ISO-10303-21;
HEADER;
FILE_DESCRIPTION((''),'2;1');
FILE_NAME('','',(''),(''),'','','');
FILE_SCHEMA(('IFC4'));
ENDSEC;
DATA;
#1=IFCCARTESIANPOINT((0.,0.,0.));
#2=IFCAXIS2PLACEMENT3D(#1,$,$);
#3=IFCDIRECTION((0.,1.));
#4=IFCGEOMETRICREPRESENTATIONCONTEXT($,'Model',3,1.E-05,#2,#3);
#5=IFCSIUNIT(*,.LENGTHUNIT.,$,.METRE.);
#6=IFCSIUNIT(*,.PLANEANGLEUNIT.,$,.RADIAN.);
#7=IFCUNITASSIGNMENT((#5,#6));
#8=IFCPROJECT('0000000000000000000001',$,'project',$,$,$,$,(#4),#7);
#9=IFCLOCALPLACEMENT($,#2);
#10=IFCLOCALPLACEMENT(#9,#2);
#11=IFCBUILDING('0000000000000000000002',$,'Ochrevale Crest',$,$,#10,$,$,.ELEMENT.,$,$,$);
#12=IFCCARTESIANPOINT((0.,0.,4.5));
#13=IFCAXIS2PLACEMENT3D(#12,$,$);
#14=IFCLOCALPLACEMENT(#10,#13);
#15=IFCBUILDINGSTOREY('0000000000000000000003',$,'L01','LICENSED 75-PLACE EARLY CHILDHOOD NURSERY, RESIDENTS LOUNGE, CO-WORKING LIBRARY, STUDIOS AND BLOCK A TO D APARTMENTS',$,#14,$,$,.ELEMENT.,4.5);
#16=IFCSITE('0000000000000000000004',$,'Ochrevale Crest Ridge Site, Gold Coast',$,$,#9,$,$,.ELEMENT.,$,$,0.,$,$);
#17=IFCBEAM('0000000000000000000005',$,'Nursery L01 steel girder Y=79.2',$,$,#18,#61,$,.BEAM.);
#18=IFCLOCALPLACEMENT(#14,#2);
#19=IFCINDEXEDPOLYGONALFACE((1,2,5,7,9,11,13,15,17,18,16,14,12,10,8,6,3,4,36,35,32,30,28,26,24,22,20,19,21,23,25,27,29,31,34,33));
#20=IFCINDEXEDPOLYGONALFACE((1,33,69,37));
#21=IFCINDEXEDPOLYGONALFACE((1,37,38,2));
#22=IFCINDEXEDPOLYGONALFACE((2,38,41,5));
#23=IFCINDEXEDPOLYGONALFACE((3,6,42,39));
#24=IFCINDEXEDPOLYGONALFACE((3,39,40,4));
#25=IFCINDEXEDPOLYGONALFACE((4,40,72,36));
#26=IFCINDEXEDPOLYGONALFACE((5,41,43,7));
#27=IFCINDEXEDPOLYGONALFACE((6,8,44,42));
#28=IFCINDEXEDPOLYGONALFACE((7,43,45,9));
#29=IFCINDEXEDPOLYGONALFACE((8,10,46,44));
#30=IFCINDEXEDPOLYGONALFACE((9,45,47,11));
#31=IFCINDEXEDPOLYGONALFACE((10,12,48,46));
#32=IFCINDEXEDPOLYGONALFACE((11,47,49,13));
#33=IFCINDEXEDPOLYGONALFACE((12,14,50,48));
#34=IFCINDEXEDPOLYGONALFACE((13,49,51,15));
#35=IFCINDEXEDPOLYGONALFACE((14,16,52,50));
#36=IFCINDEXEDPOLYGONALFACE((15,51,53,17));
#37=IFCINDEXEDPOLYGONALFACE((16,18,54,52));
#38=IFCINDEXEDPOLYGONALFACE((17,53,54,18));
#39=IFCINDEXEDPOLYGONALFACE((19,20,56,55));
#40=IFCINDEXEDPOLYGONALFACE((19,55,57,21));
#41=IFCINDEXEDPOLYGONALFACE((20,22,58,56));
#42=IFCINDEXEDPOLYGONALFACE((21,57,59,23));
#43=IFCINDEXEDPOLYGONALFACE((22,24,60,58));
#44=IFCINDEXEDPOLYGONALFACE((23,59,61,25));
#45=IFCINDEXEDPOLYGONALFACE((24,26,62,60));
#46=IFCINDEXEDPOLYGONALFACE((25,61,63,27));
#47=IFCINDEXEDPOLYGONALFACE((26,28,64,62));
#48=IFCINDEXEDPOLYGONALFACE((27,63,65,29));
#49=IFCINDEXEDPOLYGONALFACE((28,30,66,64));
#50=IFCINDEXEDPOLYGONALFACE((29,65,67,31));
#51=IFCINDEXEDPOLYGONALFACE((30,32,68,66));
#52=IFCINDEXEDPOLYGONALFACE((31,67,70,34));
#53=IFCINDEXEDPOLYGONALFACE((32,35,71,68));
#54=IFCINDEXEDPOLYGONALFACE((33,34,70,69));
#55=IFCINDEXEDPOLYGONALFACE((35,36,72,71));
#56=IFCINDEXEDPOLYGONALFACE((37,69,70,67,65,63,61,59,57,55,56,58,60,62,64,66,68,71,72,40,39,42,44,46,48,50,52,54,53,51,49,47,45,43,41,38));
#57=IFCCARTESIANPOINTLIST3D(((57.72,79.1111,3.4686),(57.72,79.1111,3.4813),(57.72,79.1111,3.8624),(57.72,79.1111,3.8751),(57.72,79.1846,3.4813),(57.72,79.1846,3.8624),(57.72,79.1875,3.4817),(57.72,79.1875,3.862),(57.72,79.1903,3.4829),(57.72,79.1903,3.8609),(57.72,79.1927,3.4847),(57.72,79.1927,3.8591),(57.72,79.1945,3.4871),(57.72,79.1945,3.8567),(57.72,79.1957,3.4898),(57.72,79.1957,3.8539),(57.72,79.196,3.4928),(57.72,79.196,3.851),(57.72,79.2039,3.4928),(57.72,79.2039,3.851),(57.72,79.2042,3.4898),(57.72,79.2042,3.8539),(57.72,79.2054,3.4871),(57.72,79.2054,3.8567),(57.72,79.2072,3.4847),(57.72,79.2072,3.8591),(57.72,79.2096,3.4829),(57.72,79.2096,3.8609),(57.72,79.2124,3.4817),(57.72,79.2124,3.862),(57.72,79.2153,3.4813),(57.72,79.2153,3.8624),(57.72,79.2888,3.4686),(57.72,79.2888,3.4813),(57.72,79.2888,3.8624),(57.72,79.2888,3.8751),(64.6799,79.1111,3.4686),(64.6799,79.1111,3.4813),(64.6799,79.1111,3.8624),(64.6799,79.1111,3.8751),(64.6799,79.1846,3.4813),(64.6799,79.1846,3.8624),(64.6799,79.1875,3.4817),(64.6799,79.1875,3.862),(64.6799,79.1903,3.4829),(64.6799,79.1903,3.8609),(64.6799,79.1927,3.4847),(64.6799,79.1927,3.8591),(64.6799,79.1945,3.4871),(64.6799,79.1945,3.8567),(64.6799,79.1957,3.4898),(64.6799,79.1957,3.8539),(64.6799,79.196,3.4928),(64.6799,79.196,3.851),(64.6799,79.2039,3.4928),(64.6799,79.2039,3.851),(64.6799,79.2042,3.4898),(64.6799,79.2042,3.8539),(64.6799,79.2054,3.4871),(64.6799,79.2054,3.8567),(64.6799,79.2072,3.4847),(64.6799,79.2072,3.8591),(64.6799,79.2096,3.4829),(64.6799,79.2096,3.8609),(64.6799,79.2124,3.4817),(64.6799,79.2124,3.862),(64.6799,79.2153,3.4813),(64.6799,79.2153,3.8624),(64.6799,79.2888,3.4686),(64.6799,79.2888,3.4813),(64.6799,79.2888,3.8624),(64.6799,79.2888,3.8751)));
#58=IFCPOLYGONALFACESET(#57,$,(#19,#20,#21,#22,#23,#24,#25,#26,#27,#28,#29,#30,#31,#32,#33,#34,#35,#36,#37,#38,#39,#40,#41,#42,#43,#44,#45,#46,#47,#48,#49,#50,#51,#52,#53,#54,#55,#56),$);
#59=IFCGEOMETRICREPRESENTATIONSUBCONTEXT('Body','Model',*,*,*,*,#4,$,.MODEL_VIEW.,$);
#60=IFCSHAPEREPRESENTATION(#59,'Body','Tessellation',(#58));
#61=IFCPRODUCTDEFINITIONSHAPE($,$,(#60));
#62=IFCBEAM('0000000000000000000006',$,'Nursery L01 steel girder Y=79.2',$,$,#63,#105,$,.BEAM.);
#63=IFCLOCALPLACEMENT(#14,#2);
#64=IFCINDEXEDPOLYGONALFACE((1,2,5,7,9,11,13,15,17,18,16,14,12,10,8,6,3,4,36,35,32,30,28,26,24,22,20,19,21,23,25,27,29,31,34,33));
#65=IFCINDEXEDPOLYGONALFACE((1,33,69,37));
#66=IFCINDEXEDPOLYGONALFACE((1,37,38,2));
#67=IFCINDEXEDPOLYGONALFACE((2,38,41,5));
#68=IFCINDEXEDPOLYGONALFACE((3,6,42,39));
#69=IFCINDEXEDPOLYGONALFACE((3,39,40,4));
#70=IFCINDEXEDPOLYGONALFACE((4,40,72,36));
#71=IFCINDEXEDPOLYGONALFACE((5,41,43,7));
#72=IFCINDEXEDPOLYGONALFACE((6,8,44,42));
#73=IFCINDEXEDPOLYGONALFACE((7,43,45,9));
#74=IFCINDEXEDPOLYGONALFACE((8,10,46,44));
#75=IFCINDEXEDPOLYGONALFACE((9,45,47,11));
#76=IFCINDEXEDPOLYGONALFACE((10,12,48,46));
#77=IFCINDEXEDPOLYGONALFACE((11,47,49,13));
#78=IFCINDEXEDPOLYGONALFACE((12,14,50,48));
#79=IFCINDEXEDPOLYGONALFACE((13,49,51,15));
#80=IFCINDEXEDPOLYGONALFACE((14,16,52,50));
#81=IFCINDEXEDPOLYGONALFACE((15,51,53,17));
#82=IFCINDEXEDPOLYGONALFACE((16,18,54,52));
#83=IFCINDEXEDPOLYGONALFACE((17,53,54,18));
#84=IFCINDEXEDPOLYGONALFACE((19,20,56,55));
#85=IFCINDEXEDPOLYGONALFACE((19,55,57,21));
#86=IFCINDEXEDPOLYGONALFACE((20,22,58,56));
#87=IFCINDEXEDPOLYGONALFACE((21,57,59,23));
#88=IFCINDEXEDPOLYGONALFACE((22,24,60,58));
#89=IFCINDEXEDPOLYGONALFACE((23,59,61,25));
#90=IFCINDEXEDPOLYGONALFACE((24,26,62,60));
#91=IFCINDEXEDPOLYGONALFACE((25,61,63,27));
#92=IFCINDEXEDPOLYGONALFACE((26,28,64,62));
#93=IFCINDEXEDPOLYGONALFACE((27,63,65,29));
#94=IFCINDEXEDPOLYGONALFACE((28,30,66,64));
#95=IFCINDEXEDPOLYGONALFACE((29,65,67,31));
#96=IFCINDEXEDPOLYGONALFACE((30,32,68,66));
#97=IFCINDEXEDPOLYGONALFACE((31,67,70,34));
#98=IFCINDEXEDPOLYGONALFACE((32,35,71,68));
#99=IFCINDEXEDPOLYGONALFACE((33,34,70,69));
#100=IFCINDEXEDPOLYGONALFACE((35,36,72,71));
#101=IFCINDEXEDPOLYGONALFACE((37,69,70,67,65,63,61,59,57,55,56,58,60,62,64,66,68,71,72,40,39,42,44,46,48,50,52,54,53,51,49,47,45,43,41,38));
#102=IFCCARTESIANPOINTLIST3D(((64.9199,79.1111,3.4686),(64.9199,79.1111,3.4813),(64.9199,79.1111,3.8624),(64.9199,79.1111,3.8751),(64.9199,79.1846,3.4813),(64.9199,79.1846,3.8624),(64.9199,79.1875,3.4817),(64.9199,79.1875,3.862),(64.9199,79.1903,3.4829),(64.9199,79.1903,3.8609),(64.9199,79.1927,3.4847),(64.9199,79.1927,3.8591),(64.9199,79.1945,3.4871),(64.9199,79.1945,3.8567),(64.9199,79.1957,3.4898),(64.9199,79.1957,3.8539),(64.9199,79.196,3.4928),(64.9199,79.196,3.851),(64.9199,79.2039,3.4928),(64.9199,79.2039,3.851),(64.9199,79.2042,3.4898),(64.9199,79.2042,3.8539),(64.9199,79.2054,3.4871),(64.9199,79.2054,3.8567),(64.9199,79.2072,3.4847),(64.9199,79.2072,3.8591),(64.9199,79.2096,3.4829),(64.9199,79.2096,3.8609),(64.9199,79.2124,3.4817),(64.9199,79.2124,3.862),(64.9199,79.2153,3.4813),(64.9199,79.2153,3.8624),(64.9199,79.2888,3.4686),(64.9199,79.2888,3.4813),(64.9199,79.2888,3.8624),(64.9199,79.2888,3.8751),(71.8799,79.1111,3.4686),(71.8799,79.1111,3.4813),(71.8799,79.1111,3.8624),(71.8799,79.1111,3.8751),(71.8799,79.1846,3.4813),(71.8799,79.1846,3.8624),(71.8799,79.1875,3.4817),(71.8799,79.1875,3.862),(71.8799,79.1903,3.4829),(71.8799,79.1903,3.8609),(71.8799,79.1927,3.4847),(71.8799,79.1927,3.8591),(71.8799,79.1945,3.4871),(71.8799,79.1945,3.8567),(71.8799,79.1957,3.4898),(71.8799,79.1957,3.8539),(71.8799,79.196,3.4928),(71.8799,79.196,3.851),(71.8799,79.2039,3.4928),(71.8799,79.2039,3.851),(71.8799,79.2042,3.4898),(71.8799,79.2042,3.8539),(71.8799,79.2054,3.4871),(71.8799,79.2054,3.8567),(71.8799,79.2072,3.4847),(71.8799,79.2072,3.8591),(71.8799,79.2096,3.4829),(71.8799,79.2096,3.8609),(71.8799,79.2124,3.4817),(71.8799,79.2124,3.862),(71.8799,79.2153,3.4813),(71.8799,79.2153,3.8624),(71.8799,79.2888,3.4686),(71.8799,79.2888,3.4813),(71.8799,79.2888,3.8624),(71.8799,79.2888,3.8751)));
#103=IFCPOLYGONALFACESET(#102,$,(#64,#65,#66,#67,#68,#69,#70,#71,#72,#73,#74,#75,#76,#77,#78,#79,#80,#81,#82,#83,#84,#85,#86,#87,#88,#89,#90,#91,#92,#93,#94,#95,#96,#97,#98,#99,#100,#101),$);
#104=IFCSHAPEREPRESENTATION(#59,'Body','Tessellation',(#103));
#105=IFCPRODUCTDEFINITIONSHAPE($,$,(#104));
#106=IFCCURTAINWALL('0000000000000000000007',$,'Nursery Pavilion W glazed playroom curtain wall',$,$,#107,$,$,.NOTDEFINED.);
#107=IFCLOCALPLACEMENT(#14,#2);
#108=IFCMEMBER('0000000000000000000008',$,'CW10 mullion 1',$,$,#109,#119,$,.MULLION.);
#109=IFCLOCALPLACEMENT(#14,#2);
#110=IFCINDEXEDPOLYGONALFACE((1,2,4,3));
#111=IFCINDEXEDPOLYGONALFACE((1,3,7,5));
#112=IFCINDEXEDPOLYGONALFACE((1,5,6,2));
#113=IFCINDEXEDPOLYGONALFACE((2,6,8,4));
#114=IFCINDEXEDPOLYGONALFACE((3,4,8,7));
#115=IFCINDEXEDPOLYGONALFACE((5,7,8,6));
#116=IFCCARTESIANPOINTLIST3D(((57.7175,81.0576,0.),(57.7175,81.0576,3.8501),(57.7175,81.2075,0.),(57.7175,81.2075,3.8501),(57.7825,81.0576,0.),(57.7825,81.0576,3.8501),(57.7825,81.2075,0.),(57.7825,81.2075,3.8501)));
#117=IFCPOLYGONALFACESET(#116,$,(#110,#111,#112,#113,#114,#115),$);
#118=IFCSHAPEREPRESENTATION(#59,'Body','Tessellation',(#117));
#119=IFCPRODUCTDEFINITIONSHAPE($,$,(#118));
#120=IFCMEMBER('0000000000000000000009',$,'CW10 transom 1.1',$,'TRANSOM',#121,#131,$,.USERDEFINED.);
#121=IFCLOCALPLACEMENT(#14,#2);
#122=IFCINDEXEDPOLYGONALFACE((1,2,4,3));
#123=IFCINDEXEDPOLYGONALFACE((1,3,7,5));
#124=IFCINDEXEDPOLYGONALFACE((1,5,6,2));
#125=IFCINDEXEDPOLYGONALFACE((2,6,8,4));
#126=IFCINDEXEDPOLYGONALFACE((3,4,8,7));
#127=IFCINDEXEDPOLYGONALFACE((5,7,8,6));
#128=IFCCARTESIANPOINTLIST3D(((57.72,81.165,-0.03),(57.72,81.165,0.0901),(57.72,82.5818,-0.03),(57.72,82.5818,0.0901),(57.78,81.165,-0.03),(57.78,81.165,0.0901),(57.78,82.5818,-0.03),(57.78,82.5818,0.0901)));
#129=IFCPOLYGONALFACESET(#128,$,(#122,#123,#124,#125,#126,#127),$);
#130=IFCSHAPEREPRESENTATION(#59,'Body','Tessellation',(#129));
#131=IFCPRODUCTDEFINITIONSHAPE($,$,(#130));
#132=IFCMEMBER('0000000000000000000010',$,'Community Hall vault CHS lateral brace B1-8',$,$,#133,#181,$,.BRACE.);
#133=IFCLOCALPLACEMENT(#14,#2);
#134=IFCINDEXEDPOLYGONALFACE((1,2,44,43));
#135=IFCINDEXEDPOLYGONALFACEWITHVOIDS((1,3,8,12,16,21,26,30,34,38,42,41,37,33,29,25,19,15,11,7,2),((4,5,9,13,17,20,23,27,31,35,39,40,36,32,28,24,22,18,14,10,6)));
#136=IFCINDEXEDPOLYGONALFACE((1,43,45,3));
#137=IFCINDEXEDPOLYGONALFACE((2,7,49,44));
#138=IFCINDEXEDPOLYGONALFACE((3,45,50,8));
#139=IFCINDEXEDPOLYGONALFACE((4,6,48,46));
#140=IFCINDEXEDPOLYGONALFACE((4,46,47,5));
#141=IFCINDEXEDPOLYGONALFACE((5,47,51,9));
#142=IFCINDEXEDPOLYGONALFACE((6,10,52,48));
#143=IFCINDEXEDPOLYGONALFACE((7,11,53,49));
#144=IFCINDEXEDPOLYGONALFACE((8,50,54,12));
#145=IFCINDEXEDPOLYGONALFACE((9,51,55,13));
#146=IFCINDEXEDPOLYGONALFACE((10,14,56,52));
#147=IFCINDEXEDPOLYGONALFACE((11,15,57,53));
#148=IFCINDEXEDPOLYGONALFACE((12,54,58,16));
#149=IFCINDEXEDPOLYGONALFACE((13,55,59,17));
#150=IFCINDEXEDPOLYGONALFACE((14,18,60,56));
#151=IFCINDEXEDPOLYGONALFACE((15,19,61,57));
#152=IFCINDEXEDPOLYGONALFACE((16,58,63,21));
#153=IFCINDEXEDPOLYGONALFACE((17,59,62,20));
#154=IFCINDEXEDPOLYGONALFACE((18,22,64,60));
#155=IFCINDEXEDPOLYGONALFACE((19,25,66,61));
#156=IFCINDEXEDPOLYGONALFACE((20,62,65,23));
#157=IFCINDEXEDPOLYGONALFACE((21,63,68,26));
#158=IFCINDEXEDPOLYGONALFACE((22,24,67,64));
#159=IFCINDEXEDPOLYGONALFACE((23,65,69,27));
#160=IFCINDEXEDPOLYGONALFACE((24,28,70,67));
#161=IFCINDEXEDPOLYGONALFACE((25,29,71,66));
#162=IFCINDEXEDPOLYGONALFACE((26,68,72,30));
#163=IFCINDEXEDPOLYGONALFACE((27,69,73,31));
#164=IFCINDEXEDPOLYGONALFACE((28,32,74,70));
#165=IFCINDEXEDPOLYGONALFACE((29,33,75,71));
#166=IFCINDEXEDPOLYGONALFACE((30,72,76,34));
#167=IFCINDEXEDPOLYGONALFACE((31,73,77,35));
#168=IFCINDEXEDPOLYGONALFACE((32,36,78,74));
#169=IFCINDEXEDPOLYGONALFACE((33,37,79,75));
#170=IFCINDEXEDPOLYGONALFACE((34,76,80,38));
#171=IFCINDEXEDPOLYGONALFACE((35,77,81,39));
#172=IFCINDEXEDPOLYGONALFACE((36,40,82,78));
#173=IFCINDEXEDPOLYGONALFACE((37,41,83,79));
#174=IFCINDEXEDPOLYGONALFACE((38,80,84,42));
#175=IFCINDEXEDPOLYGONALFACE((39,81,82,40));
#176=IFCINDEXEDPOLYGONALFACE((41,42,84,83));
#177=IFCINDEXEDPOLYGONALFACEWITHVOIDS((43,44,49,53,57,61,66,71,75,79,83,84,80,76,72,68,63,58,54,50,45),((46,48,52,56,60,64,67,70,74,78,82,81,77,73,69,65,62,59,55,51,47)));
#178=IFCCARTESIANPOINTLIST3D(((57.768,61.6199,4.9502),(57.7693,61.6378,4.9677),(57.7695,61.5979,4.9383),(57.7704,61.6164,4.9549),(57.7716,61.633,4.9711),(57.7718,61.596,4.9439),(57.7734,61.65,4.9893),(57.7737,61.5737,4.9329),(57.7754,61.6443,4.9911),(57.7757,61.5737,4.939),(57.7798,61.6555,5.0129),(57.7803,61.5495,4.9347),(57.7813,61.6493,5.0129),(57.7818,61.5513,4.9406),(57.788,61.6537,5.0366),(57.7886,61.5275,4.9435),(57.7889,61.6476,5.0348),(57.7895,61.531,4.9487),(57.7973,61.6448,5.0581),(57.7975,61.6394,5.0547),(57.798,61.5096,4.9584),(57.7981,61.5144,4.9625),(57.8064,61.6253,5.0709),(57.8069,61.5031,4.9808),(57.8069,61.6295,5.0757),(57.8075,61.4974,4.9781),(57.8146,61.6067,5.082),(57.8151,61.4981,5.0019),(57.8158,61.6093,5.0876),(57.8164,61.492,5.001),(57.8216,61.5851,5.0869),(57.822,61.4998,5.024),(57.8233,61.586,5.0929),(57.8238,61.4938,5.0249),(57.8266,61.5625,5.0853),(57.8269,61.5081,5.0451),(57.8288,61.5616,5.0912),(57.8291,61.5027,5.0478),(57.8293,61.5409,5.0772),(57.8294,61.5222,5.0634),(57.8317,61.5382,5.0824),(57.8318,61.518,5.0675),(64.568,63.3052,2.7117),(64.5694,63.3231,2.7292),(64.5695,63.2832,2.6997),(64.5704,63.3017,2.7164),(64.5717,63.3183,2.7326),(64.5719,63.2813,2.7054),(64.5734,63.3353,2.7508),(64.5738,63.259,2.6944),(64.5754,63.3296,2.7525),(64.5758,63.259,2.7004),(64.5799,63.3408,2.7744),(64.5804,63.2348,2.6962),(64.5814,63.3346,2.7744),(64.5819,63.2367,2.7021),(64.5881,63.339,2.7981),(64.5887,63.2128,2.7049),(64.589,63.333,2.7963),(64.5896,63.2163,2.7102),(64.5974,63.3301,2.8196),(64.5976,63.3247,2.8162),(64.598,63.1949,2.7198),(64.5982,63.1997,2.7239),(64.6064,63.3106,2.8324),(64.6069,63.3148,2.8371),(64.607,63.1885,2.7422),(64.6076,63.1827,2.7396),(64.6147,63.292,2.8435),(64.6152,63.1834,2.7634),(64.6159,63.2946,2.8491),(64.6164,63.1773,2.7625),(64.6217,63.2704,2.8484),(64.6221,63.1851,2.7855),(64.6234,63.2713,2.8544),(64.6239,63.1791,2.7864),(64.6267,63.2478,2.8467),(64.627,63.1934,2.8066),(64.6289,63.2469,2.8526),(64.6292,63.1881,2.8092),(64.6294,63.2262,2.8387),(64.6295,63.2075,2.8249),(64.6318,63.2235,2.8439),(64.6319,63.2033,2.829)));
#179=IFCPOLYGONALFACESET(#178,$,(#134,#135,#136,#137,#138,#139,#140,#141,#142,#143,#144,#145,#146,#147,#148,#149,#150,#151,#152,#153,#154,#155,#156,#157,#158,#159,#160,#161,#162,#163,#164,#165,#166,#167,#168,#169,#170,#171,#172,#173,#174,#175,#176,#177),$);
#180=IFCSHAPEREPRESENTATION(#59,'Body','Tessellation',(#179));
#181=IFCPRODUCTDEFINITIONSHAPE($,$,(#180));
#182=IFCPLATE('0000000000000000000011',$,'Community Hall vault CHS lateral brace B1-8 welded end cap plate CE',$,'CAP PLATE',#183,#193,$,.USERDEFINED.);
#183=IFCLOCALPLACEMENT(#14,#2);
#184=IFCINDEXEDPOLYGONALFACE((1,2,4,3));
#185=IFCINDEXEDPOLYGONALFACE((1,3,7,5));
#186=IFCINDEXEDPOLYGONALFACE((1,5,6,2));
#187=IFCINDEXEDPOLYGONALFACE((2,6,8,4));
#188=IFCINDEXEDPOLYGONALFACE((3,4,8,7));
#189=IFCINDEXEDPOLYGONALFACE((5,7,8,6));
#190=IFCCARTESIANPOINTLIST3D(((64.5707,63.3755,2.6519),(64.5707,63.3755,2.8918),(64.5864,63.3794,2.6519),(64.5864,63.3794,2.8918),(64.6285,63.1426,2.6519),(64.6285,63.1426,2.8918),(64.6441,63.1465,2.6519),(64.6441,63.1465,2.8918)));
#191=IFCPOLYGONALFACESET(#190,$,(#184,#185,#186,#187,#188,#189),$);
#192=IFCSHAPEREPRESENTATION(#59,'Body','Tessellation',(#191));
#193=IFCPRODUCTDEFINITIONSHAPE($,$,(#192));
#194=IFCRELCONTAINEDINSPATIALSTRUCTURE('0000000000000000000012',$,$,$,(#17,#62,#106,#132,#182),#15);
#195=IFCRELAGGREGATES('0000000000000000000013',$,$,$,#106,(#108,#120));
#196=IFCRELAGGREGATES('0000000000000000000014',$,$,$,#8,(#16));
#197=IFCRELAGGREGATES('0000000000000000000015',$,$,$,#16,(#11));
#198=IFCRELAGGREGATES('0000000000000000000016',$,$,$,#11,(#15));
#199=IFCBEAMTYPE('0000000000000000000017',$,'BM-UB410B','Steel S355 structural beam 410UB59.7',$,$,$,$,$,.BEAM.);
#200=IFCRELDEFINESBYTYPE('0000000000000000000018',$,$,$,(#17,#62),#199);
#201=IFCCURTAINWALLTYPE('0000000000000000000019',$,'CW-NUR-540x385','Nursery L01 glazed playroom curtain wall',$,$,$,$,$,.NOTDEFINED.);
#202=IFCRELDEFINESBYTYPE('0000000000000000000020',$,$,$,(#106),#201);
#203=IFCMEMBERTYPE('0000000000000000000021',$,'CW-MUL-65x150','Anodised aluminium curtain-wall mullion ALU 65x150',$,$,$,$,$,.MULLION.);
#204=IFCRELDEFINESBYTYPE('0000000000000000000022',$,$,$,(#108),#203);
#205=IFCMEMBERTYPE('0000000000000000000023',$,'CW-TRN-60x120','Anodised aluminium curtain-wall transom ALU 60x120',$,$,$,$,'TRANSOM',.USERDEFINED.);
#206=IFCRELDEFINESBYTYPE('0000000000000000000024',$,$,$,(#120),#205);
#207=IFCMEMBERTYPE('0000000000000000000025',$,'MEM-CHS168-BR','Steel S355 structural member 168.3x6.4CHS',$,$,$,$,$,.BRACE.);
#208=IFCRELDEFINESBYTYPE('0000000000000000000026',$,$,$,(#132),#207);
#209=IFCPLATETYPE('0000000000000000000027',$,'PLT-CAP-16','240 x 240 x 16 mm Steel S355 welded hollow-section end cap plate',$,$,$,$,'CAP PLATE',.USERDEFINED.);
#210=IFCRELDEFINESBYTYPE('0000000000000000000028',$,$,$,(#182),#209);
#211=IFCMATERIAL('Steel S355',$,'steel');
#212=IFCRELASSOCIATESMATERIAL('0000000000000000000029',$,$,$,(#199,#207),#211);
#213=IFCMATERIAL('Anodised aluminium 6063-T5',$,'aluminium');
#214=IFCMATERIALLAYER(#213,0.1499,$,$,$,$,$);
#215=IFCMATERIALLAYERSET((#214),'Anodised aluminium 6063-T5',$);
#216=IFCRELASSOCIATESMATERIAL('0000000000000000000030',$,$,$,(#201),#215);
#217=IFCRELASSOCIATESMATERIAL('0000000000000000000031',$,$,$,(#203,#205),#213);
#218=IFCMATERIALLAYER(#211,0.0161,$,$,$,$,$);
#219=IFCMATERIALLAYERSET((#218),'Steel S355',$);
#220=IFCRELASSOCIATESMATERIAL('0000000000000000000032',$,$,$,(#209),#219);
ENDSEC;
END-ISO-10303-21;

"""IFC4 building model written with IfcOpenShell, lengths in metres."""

from ifc_helpers import new_model, si_unit, direction, frame, origin, origin_2d, place, context, subcontext, project, spatial, rectangle, hollow_circle, i_section, extrude, material, layer, layer_set, material_profile, profile_set, type_object, element, aggregate, save


model = new_model("IFC4")

# Units and contexts
model_context = context("Model", 3, precision=1e-05, world=origin(), true_north=direction((0.0, 1.0)))
body_context = subcontext(model_context, "Body", "Model", "MODEL_VIEW")
ifc_project = project(units=[si_unit("LENGTHUNIT", "METRE"), si_unit("PLANEANGLEUNIT", "RADIAN")], contexts=[model_context])

# Site, building, storey
site_placement = place(None, origin())
site = spatial("IfcSite", under=ifc_project, at=site_placement, Name="Ochrevale Crest Ridge Site, Gold Coast", CompositionType="ELEMENT", RefElevation=0.0)
building_placement = place(site_placement, origin())
building = spatial("IfcBuilding", under=site, at=building_placement, Name="Ochrevale Crest", CompositionType="ELEMENT")
storey_placement = place(building_placement, frame((0.0, 0.0, 4.5)))
storey = spatial("IfcBuildingStorey", under=building, at=storey_placement, Name="L01", Description="LICENSED 75-PLACE EARLY CHILDHOOD NURSERY, RESIDENTS LOUNGE, CO-WORKING LIBRARY, STUDIOS AND BLOCK A TO D APARTMENTS", CompositionType="ELEMENT", Elevation=4.5)

# Shared definitions
ifc_material_1 = material(Name="Steel S355", Category="steel")

# Beams
ifc_material_profile_1 = material_profile(ifc_material_1, i_section(OverallWidth=0.1777, OverallDepth=0.4065, WebThickness=0.0078, FlangeThickness=0.0127, FilletRadius=0.0115, at=origin_2d()), Name="410UB59.7")
ifc_profile_set_1 = profile_set([ifc_material_profile_1], Name="Steel S355")
beam_type_1 = type_object("IfcBeamType", Name="BM-UB410B", Description="Steel S355 structural beam 410UB59.7", PredefinedType="BEAM", material=ifc_profile_set_1)
for number, where, z_axis, x_axis, name in (
    (1, (57.72, 79.2, 3.6719), (1.0, 0.0, 0.0), (0.0, 1.0, 0.0), "Nursery L01 steel girder Y=79.2"),
    (2, (64.9199, 79.2, 3.6719), (1.0, 0.0, 0.0), (0.0, 1.0, 0.0), "Nursery L01 steel girder Y=79.2"),
):
    element("IfcBeam", number, at=place(storey_placement, frame(where, z_axis=z_axis, x_axis=x_axis)), inside=storey, type_object=beam_type_1, Name=name, PredefinedType="BEAM", context=body_context, shape_type="SweptSolid", body=[
        extrude(i_section(OverallWidth=0.1777, OverallDepth=0.4065, WebThickness=0.0078, FlangeThickness=0.0127, FilletRadius=0.0115, at=origin_2d()), origin(), (0.0, 0.0, 1.0), 6.96),
    ])

# Curtain wall, members
ifc_material_2 = material(Name="Anodised aluminium 6063-T5", Category="aluminium")
ifc_layer_1 = layer(ifc_material_2, 0.1499)
ifc_layer_set_1 = layer_set([ifc_layer_1], Name="Anodised aluminium 6063-T5")
curtain_wall_type = type_object("IfcCurtainWallType", Name="CW-NUR-540x385", Description="Nursery L01 glazed playroom curtain wall", PredefinedType="NOTDEFINED", material=ifc_layer_set_1)
curtain_wall_placement = place(storey_placement, origin())
curtain_wall = element("IfcCurtainWall", 3, at=curtain_wall_placement, inside=storey, type_object=curtain_wall_type, Name="Nursery Pavilion W glazed playroom curtain wall", PredefinedType="NOTDEFINED")
ifc_material_profile_2 = material_profile(ifc_material_2, rectangle(XDim=0.0649, YDim=0.1499, at=origin_2d()), Name="ALU 65x150")
ifc_profile_set_2 = profile_set([ifc_material_profile_2], Name="Anodised aluminium 6063-T5")
member_type_1 = type_object("IfcMemberType", Name="CW-MUL-65x150", Description="Anodised aluminium curtain-wall mullion ALU 65x150", PredefinedType="MULLION", material=ifc_profile_set_2)
member_1_placement = place(storey_placement, frame((57.75, 81.1326, 0.0), z_axis=(0.0, 0.0, 1.0), x_axis=(-1.0, 0.0, 0.0)))
member_1 = element("IfcMember", 4, at=member_1_placement, type_object=member_type_1, Name="CW10 mullion 1", PredefinedType="MULLION", context=body_context, shape_type="SweptSolid", body=[
    extrude(rectangle(XDim=0.0649, YDim=0.1499, at=origin_2d()), origin(), (0.0, 0.0, 1.0), 3.8501),
])
ifc_material_profile_3 = material_profile(ifc_material_2, rectangle(XDim=0.0601, YDim=0.1201, at=origin_2d()), Name="ALU 60x120")
ifc_profile_set_3 = profile_set([ifc_material_profile_3], Name="Anodised aluminium 6063-T5")
member_type_2 = type_object("IfcMemberType", Name="CW-TRN-60x120", Description="Anodised aluminium curtain-wall transom ALU 60x120", ElementType="TRANSOM", PredefinedType="USERDEFINED", material=ifc_profile_set_3)
member_2_placement = place(storey_placement, frame((57.75, 81.165, 0.03), z_axis=(0.0, 1.0, 0.0), x_axis=(-1.0, 0.0, 0.0)))
member_2 = element("IfcMember", 5, at=member_2_placement, type_object=member_type_2, Name="CW10 transom 1.1", ObjectType="TRANSOM", PredefinedType="USERDEFINED", context=body_context, shape_type="SweptSolid", body=[
    extrude(rectangle(XDim=0.0601, YDim=0.1201, at=origin_2d()), origin(), (0.0, 0.0, 1.0), 1.4167),
])
aggregate(curtain_wall, [member_1, member_2])

# Member
ifc_material_profile_4 = material_profile(ifc_material_1, hollow_circle(Radius=0.0842, WallThickness=0.0063, at=origin_2d()), Name="168.3x6.4CHS")
ifc_profile_set_4 = profile_set([ifc_material_profile_4], Name="Steel S355")
member_type_3 = type_object("IfcMemberType", Name="MEM-CHS168-BR", Description="Steel S355 structural member 168.3x6.4CHS", PredefinedType="BRACE", material=ifc_profile_set_4)
member_3_placement = place(storey_placement, frame((57.8, 61.5737, 5.0129), z_axis=(0.924583, 0.229146, -0.304366), x_axis=(-0.240559, 0.970635, 0.0)))
element("IfcMember", 6, at=member_3_placement, inside=storey, type_object=member_type_3, Name="Community Hall vault CHS lateral brace B1-8", PredefinedType="BRACE", context=body_context, shape_type="SweptSolid", body=[
    extrude(hollow_circle(Radius=0.0842, WallThickness=0.0063, at=origin_2d()), origin(), (0.0, 0.0, 1.0), 7.3547),
])

# Plate
ifc_layer_2 = layer(ifc_material_1, 0.0161)
ifc_layer_set_2 = layer_set([ifc_layer_2], Name="Steel S355")
plate_type = type_object("IfcPlateType", Name="PLT-CAP-16", Description="240 x 240 x 16 mm Steel S355 welded hollow-section end cap plate", ElementType="CAP PLATE", PredefinedType="USERDEFINED", material=ifc_layer_set_2)
plate_placement = place(storey_placement, frame((64.6074, 63.261, 2.6519), z_axis=(0.0, 0.0, 1.0), x_axis=(0.970633, 0.240567, 0.0)))
element("IfcPlate", 7, at=plate_placement, inside=storey, type_object=plate_type, Name="Community Hall vault CHS lateral brace B1-8 welded end cap plate CE", ObjectType="CAP PLATE", PredefinedType="USERDEFINED", context=body_context, shape_type="SweptSolid", body=[
    extrude(rectangle(XDim=0.0161, YDim=0.24, at=origin_2d()), origin(), (0.0, 0.0, 1.0), 0.24),
])

save(model, "model.ifc")
